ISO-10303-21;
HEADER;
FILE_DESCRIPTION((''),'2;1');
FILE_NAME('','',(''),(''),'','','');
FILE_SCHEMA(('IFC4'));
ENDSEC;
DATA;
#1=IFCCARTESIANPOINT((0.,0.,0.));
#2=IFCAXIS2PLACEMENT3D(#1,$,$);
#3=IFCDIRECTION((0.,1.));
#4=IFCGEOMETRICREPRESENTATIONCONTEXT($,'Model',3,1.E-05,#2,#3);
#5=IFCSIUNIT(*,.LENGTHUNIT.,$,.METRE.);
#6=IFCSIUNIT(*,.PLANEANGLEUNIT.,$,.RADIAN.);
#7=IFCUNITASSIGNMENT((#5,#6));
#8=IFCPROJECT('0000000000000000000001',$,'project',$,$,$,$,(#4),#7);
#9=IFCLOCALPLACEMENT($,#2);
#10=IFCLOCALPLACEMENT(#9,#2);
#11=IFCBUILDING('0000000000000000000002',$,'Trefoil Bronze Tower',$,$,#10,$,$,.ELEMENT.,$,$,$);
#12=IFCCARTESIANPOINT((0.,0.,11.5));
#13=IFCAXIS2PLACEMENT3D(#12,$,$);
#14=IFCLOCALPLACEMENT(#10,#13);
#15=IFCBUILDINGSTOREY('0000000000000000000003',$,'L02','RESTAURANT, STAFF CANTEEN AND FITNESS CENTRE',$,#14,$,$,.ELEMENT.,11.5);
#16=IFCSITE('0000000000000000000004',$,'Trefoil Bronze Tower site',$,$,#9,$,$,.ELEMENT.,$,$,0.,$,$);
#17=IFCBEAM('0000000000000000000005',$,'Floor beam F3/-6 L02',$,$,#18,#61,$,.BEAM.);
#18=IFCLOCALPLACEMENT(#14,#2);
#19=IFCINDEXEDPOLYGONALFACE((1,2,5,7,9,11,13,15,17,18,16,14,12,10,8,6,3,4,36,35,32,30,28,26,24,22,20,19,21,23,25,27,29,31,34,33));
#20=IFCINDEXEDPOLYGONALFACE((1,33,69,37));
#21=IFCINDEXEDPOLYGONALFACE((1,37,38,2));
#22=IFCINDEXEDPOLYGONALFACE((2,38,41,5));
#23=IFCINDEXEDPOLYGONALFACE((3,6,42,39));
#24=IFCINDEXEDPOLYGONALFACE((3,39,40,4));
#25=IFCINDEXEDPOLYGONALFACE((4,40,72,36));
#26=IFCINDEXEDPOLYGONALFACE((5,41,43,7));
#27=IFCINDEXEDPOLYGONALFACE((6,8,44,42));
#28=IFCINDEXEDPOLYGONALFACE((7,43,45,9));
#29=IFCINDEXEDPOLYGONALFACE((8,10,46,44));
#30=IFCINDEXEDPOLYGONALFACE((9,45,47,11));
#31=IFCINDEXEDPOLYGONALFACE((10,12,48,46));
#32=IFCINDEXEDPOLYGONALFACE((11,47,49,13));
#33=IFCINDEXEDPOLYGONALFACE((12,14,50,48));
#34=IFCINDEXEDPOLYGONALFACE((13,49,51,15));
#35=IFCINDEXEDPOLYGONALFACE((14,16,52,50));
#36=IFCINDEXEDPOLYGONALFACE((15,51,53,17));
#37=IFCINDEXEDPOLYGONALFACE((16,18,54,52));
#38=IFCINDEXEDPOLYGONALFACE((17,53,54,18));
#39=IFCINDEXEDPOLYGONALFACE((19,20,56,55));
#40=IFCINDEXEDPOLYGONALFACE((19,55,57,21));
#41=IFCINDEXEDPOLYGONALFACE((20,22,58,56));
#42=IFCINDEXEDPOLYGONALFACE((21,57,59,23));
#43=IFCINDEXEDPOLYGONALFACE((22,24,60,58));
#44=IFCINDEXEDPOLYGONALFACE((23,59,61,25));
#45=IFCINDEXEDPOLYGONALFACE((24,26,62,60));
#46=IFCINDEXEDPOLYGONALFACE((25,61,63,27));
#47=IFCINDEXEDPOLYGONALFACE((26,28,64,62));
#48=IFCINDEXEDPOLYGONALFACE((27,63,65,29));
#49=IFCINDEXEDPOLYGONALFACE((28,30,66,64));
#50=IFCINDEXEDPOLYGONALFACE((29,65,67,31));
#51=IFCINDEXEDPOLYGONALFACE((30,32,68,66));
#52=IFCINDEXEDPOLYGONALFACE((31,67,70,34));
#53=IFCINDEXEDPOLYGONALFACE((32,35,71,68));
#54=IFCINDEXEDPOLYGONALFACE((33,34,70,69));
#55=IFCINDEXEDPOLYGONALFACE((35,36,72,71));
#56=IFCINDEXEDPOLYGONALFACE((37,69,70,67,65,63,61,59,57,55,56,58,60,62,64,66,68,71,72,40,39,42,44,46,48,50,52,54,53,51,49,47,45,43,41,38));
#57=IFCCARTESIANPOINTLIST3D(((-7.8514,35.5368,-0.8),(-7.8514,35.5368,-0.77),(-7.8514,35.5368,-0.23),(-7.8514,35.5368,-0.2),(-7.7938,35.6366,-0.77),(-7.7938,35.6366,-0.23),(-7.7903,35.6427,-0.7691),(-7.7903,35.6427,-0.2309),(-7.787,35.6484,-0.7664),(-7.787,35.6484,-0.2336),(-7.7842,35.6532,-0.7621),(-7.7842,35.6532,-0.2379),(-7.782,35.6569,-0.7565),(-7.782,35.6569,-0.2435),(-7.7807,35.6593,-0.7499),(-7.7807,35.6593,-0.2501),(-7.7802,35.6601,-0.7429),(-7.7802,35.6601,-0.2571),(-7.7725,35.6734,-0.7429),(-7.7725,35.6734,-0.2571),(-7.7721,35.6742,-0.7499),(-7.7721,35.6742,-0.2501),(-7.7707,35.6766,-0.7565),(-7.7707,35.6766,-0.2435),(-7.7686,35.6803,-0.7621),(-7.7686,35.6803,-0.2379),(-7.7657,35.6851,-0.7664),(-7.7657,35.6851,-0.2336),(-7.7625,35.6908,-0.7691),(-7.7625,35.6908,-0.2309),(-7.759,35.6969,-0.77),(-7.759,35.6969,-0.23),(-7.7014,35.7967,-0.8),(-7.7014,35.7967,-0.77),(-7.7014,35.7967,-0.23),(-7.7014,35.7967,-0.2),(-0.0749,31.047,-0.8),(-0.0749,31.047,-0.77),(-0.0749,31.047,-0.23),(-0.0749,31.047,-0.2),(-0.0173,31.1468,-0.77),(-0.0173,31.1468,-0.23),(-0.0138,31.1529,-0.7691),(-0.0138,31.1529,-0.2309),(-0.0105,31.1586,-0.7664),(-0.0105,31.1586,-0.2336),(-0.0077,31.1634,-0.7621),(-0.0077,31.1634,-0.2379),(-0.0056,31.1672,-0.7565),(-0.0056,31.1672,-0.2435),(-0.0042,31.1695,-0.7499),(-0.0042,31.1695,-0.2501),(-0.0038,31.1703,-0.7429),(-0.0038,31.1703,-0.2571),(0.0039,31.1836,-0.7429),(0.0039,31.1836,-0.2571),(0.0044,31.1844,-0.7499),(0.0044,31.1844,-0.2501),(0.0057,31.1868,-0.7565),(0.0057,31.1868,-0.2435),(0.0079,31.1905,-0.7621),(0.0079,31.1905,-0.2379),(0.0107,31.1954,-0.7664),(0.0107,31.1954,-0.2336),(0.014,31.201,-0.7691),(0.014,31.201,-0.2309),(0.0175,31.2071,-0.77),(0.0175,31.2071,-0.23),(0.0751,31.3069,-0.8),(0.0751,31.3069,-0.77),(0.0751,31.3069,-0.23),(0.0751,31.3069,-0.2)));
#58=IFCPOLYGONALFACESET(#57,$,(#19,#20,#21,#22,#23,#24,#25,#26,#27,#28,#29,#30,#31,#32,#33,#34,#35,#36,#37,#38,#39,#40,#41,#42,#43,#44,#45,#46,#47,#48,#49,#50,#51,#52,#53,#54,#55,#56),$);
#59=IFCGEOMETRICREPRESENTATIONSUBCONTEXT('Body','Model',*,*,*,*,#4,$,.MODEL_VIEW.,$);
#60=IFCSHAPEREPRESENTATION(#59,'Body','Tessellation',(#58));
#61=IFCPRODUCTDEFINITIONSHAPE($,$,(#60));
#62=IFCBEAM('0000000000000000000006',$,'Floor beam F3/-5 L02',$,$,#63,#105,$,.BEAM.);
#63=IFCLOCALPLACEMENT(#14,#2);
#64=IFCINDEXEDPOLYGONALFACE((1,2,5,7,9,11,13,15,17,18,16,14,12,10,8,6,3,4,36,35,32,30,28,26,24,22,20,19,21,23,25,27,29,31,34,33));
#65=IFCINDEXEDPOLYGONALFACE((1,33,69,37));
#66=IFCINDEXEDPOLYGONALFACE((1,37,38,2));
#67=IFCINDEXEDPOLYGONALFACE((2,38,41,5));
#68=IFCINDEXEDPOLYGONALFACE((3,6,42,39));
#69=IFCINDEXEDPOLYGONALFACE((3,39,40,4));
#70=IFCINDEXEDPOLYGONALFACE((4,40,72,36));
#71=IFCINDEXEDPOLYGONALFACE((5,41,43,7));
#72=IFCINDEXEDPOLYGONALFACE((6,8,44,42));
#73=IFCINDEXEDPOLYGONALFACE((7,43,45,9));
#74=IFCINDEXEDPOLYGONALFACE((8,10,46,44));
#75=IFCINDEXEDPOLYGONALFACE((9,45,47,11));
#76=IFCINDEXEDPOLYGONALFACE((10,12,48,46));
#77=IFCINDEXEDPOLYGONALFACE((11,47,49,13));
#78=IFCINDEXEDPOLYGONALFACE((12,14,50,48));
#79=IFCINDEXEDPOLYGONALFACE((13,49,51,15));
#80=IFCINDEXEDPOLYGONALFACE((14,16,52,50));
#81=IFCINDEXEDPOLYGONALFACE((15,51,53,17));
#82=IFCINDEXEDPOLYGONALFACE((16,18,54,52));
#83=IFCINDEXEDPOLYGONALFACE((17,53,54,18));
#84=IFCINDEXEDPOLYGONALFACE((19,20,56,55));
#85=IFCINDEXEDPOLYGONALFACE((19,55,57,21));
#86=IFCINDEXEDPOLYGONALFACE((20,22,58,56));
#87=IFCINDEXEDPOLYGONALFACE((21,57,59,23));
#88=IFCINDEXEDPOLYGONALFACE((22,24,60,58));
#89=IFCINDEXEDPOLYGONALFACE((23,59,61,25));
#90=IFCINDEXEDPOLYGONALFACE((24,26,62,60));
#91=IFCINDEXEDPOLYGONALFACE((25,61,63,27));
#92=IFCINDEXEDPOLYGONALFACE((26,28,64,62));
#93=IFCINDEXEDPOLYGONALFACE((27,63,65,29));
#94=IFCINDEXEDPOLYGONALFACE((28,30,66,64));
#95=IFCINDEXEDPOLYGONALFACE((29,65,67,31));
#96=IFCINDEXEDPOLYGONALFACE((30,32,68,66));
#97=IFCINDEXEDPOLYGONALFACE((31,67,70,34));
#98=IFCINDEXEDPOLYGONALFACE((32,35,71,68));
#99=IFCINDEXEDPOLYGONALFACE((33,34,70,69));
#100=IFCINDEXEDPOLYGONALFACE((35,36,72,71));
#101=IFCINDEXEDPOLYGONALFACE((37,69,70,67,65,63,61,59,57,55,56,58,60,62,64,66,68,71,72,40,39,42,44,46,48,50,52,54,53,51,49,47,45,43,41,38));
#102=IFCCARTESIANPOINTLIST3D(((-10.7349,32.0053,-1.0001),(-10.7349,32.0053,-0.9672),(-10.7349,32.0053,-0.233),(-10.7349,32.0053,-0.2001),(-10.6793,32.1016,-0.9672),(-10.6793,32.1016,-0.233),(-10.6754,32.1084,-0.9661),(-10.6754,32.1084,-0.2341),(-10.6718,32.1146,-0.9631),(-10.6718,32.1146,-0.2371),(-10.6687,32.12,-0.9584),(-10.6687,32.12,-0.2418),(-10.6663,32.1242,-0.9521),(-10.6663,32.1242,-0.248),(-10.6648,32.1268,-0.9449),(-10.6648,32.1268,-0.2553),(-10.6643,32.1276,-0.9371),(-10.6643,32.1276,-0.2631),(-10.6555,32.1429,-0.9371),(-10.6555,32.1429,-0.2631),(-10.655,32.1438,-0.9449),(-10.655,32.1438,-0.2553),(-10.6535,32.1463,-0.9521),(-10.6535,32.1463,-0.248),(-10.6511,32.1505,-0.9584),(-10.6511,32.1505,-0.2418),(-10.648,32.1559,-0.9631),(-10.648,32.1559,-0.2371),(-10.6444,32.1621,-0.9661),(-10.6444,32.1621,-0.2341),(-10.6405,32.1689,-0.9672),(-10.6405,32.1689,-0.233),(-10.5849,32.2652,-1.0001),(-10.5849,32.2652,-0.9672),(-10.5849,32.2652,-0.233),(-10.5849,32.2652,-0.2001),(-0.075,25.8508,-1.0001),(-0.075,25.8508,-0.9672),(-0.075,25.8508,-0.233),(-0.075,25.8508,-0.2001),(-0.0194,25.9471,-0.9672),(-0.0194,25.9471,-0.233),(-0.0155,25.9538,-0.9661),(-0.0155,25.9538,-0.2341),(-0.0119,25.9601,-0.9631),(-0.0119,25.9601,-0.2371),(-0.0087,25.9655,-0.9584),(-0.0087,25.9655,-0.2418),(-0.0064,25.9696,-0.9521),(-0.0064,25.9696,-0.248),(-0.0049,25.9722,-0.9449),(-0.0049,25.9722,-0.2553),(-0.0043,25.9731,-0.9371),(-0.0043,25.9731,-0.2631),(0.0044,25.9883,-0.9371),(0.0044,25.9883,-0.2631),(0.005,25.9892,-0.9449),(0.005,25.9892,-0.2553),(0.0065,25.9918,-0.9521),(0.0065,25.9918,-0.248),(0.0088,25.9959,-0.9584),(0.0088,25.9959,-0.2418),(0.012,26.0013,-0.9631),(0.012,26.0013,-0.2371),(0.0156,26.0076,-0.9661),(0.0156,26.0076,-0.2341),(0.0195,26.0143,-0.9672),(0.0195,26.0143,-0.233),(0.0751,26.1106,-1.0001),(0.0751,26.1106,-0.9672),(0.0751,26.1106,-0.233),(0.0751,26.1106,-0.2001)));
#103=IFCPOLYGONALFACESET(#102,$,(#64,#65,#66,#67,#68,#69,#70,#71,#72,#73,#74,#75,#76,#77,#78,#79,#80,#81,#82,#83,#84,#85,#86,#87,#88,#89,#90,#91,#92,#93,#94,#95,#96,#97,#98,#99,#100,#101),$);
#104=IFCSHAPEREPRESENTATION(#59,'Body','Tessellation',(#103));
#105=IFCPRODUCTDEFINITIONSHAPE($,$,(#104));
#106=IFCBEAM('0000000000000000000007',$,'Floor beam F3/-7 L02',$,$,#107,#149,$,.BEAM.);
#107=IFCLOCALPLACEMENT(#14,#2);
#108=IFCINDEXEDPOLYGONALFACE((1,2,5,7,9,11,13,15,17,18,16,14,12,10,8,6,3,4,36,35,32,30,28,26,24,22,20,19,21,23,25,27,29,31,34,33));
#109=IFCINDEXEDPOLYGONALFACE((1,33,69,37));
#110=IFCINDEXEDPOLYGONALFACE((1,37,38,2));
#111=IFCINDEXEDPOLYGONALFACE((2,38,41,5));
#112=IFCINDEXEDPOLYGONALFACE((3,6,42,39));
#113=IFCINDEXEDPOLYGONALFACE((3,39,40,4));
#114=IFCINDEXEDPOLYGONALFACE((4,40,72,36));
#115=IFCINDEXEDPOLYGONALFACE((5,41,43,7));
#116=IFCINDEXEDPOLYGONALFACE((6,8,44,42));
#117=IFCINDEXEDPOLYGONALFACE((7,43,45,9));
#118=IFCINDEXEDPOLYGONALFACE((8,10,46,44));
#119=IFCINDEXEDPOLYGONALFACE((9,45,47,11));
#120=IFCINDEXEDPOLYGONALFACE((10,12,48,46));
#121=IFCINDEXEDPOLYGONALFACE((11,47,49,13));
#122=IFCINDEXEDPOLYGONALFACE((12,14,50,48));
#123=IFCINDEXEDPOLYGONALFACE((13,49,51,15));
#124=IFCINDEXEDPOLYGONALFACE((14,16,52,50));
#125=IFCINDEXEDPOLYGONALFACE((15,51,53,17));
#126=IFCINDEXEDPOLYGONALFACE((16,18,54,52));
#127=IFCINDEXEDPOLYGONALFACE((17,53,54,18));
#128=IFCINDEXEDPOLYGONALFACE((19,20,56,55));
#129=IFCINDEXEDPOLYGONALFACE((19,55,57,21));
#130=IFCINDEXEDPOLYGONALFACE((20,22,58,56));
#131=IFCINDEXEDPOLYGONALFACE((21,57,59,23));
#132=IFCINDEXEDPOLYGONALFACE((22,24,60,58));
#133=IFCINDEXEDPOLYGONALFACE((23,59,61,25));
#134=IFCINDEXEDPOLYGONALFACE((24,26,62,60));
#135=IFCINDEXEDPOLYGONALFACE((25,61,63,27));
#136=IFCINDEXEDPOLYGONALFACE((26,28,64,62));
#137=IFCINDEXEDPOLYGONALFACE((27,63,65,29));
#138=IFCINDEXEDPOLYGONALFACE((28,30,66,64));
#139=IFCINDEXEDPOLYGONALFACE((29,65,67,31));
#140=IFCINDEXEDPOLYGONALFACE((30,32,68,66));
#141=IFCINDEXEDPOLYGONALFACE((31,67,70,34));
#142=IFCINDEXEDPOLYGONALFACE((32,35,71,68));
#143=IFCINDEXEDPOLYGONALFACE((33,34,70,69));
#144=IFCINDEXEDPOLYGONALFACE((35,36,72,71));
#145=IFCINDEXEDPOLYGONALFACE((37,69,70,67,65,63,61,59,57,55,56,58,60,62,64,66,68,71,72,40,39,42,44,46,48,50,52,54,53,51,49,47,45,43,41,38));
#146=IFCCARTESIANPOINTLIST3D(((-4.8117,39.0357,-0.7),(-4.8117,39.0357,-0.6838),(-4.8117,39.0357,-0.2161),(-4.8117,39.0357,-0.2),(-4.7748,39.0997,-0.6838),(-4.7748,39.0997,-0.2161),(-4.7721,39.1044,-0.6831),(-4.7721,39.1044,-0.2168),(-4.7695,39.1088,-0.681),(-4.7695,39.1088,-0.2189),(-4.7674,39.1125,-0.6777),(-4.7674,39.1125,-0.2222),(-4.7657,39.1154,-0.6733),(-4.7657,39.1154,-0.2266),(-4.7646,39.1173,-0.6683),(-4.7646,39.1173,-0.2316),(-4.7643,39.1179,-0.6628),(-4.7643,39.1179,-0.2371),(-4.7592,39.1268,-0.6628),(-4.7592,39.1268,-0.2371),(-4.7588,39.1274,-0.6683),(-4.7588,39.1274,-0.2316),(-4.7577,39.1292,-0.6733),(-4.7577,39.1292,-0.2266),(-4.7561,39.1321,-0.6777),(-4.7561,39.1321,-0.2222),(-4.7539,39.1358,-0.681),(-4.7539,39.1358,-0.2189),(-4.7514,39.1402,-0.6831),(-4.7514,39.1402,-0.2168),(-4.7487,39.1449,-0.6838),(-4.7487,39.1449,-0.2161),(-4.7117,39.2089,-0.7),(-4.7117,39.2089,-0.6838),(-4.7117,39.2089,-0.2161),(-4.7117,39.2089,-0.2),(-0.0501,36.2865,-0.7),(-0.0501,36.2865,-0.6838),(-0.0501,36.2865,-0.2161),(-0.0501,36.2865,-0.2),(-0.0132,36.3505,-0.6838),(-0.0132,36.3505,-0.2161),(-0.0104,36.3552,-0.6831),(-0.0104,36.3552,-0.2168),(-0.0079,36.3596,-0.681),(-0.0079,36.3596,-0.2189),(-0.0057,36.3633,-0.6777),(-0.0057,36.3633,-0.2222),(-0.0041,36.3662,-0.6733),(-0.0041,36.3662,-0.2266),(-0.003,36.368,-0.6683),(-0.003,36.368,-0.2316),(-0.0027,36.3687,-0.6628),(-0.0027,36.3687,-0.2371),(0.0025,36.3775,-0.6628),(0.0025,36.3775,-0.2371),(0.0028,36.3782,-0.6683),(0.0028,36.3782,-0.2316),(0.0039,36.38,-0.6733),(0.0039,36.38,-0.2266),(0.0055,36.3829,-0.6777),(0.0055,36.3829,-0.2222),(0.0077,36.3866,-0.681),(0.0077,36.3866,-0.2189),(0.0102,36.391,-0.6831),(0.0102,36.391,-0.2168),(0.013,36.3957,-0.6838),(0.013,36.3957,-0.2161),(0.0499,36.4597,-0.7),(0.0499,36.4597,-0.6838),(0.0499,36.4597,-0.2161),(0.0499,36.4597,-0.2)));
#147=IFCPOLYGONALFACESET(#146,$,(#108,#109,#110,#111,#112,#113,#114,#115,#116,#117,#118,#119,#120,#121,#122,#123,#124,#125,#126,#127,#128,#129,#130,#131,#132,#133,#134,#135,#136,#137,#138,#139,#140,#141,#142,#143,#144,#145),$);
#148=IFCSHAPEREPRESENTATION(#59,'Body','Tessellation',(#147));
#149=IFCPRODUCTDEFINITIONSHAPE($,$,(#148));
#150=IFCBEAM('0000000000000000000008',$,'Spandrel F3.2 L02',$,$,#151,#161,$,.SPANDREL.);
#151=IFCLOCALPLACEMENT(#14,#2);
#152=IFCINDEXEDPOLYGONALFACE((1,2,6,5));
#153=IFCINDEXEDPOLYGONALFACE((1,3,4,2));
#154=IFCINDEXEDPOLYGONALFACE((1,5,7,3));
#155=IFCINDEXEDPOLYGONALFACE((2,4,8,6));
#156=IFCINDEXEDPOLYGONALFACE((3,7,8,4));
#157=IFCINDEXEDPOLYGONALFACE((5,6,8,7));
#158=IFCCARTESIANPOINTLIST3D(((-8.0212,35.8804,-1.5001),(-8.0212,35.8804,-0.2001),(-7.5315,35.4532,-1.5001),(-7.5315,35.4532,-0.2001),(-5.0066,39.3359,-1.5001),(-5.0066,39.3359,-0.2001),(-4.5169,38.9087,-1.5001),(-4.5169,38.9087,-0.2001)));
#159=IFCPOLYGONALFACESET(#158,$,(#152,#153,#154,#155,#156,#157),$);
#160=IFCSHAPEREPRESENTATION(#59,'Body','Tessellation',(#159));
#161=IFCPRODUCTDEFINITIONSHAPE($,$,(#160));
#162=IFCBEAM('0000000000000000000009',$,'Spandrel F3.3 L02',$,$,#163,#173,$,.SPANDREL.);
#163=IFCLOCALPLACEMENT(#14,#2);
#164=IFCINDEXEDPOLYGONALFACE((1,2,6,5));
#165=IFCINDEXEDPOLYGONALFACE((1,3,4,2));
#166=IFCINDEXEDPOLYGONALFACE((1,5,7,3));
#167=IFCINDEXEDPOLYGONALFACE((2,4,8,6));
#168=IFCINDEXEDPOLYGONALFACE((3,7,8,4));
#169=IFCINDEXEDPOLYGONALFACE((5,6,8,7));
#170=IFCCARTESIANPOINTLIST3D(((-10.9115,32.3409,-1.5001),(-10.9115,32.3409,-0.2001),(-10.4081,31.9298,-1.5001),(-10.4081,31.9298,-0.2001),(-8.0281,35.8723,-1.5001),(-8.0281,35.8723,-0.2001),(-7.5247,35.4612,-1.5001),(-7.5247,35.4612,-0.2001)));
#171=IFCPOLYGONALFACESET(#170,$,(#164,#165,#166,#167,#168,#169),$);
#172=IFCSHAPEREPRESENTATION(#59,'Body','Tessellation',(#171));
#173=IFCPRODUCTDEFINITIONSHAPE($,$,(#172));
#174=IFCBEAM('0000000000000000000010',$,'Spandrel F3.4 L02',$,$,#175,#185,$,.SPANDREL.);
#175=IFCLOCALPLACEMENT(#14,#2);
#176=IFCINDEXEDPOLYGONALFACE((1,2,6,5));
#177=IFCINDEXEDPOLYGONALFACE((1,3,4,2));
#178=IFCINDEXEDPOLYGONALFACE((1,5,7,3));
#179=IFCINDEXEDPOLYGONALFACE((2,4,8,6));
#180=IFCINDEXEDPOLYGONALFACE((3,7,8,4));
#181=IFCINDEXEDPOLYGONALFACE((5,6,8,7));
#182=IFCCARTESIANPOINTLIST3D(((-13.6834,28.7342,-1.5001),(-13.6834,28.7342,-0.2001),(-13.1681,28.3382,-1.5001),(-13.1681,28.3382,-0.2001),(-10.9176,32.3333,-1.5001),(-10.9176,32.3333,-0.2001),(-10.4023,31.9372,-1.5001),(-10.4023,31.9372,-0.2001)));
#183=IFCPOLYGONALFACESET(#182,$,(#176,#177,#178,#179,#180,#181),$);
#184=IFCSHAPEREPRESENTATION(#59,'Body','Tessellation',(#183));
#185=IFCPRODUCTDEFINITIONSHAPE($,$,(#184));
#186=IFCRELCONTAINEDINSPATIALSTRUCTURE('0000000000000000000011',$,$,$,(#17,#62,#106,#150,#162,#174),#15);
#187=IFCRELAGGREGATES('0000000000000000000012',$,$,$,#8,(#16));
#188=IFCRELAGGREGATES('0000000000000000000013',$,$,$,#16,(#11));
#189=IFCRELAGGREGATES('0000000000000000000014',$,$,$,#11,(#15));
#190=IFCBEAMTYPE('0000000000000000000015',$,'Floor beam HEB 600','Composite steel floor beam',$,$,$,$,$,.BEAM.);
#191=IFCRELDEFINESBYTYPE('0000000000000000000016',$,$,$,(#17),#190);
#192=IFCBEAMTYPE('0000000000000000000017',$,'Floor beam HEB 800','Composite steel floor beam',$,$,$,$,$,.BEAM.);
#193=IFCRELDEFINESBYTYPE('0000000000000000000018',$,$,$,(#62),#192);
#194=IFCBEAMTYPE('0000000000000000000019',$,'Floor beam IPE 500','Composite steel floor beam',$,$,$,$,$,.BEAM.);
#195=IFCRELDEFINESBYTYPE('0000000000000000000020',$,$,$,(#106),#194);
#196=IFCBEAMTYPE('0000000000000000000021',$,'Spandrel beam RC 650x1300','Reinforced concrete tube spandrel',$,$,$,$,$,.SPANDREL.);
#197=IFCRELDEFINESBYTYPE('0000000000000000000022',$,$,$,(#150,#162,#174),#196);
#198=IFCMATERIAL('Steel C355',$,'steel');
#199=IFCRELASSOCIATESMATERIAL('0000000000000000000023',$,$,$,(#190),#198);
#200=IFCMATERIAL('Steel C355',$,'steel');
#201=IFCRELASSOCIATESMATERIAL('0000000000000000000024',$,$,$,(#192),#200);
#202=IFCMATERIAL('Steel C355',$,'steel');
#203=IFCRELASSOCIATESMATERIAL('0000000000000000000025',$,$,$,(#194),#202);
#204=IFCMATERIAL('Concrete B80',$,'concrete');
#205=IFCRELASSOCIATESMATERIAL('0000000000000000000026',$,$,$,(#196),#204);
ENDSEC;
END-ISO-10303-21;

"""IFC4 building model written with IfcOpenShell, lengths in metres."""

from ifc_helpers import new_model, si_unit, direction, frame, origin, origin_2d, place, context, subcontext, project, spatial, rectangle, i_section, extrude, material, material_profile, profile_set, type_object, element, save


model = new_model("IFC4")

# Units and contexts
model_context = context("Model", 3, precision=1e-05, world=origin(), true_north=direction((0.0, 1.0)))
body_context = subcontext(model_context, "Body", "Model", "MODEL_VIEW")
ifc_project = project(units=[si_unit("LENGTHUNIT", "METRE"), si_unit("PLANEANGLEUNIT", "RADIAN")], contexts=[model_context])

# Site, building, storey
site_placement = place(None, origin())
site = spatial("IfcSite", under=ifc_project, at=site_placement, Name="Trefoil Bronze Tower site", CompositionType="ELEMENT", RefElevation=0.0)
building_placement = place(site_placement, origin())
building = spatial("IfcBuilding", under=site, at=building_placement, Name="Trefoil Bronze Tower", CompositionType="ELEMENT")
storey_placement = place(building_placement, frame((0.0, 0.0, 11.5)))
storey = spatial("IfcBuildingStorey", under=building, at=storey_placement, Name="L02", Description="RESTAURANT, STAFF CANTEEN AND FITNESS CENTRE", CompositionType="ELEMENT", Elevation=11.5)

# Beams
ifc_material_1 = material(Name="Steel C355", Category="steel")
ifc_material_profile_1 = material_profile(ifc_material_1, i_section(OverallWidth=0.3, OverallDepth=0.6001, WebThickness=0.0154, FlangeThickness=0.03, FilletRadius=0.0271, at=origin_2d()), Name="HEB 600")
ifc_profile_set_1 = profile_set([ifc_material_profile_1], Name="Steel C355")
beam_type_1 = type_object("IfcBeamType", Name="Floor beam HEB 600", Description="Composite steel floor beam", PredefinedType="BEAM", material=ifc_profile_set_1)
beam_1_placement = place(storey_placement, frame((-7.7764, 35.6667, -0.5), z_axis=(0.866023, -0.500005, 0.0), x_axis=(0.500005, 0.866023, 0.0)))
element("IfcBeam", 1, at=beam_1_placement, inside=storey, type_object=beam_type_1, Name="Floor beam F3/-6 L02", PredefinedType="BEAM", context=body_context, shape_type="SweptSolid", body=[
    extrude(i_section(OverallWidth=0.3, OverallDepth=0.6001, WebThickness=0.0154, FlangeThickness=0.03, FilletRadius=0.0271, at=origin_2d()), origin(), (0.0, 0.0, 1.0), 8.9795),
])
ifc_material_2 = material(Name="Steel C355", Category="steel")
ifc_material_profile_2 = material_profile(ifc_material_2, i_section(OverallWidth=0.3, OverallDepth=0.8, WebThickness=0.0176, FlangeThickness=0.033, FilletRadius=0.03, at=origin_2d()), Name="HEB 800")
ifc_profile_set_2 = profile_set([ifc_material_profile_2], Name="Steel C355")
beam_type_2 = type_object("IfcBeamType", Name="Floor beam HEB 800", Description="Composite steel floor beam", PredefinedType="BEAM", material=ifc_profile_set_2)
beam_2_placement = place(storey_placement, frame((-10.6599, 32.1353, -0.6001), z_axis=(0.866024, -0.500002, 0.0), x_axis=(0.500002, 0.866024, 0.0)))
element("IfcBeam", 2, at=beam_2_placement, inside=storey, type_object=beam_type_2, Name="Floor beam F3/-5 L02", PredefinedType="BEAM", context=body_context, shape_type="SweptSolid", body=[
    extrude(i_section(OverallWidth=0.3, OverallDepth=0.8, WebThickness=0.0176, FlangeThickness=0.033, FilletRadius=0.03, at=origin_2d()), origin(), (0.0, 0.0, 1.0), 12.3091),
])
ifc_material_3 = material(Name="Steel C355", Category="steel")
ifc_material_profile_3 = material_profile(ifc_material_3, i_section(OverallWidth=0.2, OverallDepth=0.5, WebThickness=0.0103, FlangeThickness=0.0161, FilletRadius=0.021, at=origin_2d()), Name="IPE 500")
ifc_profile_set_3 = profile_set([ifc_material_profile_3], Name="Steel C355")
beam_type_3 = type_object("IfcBeamType", Name="Floor beam IPE 500", Description="Composite steel floor beam", PredefinedType="BEAM", material=ifc_profile_set_3)
beam_3_placement = place(storey_placement, frame((-4.7617, 39.1223, -0.45), z_axis=(0.866018, -0.500012, 0.0), x_axis=(0.500012, 0.866018, 0.0)))
element("IfcBeam", 3, at=beam_3_placement, inside=storey, type_object=beam_type_3, Name="Floor beam F3/-7 L02", PredefinedType="BEAM", context=body_context, shape_type="SweptSolid", body=[
    extrude(i_section(OverallWidth=0.2, OverallDepth=0.5, WebThickness=0.0103, FlangeThickness=0.0161, FilletRadius=0.021, at=origin_2d()), origin(), (0.0, 0.0, 1.0), 5.4983),
])
ifc_material_4 = material(Name="Concrete B80", Category="concrete")
ifc_material_profile_4 = material_profile(ifc_material_4, rectangle(XDim=0.6499, YDim=1.3, at=origin_2d()), Name="RC 650x1300")
ifc_profile_set_4 = profile_set([ifc_material_profile_4], Name="Concrete B80")
beam_type_4 = type_object("IfcBeamType", Name="Spandrel beam RC 650x1300", Description="Reinforced concrete tube spandrel", PredefinedType="SPANDREL", material=ifc_profile_set_4)
beam_4_placement = place(storey_placement, frame((-4.7617, 39.1223, -0.8501), z_axis=(-0.657396, -0.753545, 0.0), x_axis=(0.753545, -0.657396, 0.0)))
element("IfcBeam", 4, at=beam_4_placement, inside=storey, type_object=beam_type_4, Name="Spandrel F3.2 L02", PredefinedType="SPANDREL", context=body_context, shape_type="SweptSolid", body=[
    extrude(rectangle(XDim=0.6499, YDim=1.3, at=origin_2d()), origin(), (0.0, 0.0, 1.0), 4.5857),
])
beam_5_placement = place(storey_placement, frame((-7.7764, 35.6667, -0.8501), z_axis=(-0.632468, -0.774587, 0.0), x_axis=(0.774587, -0.632468, 0.0)))
element("IfcBeam", 5, at=beam_5_placement, inside=storey, type_object=beam_type_4, Name="Spandrel F3.3 L02", PredefinedType="SPANDREL", context=body_context, shape_type="SweptSolid", body=[
    extrude(rectangle(XDim=0.6499, YDim=1.3, at=origin_2d()), origin(), (0.0, 0.0, 1.0), 4.5591),
])
beam_6_placement = place(storey_placement, frame((-10.6599, 32.1353, -0.8501), z_axis=(-0.609339, -0.79291, 0.0), x_axis=(0.79291, -0.609339, 0.0)))
element("IfcBeam", 6, at=beam_6_placement, inside=storey, type_object=beam_type_4, Name="Spandrel F3.4 L02", PredefinedType="SPANDREL", context=body_context, shape_type="SweptSolid", body=[
    extrude(rectangle(XDim=0.6499, YDim=1.3, at=origin_2d()), origin(), (0.0, 0.0, 1.0), 4.5391),
])

save(model, "model.ifc")
